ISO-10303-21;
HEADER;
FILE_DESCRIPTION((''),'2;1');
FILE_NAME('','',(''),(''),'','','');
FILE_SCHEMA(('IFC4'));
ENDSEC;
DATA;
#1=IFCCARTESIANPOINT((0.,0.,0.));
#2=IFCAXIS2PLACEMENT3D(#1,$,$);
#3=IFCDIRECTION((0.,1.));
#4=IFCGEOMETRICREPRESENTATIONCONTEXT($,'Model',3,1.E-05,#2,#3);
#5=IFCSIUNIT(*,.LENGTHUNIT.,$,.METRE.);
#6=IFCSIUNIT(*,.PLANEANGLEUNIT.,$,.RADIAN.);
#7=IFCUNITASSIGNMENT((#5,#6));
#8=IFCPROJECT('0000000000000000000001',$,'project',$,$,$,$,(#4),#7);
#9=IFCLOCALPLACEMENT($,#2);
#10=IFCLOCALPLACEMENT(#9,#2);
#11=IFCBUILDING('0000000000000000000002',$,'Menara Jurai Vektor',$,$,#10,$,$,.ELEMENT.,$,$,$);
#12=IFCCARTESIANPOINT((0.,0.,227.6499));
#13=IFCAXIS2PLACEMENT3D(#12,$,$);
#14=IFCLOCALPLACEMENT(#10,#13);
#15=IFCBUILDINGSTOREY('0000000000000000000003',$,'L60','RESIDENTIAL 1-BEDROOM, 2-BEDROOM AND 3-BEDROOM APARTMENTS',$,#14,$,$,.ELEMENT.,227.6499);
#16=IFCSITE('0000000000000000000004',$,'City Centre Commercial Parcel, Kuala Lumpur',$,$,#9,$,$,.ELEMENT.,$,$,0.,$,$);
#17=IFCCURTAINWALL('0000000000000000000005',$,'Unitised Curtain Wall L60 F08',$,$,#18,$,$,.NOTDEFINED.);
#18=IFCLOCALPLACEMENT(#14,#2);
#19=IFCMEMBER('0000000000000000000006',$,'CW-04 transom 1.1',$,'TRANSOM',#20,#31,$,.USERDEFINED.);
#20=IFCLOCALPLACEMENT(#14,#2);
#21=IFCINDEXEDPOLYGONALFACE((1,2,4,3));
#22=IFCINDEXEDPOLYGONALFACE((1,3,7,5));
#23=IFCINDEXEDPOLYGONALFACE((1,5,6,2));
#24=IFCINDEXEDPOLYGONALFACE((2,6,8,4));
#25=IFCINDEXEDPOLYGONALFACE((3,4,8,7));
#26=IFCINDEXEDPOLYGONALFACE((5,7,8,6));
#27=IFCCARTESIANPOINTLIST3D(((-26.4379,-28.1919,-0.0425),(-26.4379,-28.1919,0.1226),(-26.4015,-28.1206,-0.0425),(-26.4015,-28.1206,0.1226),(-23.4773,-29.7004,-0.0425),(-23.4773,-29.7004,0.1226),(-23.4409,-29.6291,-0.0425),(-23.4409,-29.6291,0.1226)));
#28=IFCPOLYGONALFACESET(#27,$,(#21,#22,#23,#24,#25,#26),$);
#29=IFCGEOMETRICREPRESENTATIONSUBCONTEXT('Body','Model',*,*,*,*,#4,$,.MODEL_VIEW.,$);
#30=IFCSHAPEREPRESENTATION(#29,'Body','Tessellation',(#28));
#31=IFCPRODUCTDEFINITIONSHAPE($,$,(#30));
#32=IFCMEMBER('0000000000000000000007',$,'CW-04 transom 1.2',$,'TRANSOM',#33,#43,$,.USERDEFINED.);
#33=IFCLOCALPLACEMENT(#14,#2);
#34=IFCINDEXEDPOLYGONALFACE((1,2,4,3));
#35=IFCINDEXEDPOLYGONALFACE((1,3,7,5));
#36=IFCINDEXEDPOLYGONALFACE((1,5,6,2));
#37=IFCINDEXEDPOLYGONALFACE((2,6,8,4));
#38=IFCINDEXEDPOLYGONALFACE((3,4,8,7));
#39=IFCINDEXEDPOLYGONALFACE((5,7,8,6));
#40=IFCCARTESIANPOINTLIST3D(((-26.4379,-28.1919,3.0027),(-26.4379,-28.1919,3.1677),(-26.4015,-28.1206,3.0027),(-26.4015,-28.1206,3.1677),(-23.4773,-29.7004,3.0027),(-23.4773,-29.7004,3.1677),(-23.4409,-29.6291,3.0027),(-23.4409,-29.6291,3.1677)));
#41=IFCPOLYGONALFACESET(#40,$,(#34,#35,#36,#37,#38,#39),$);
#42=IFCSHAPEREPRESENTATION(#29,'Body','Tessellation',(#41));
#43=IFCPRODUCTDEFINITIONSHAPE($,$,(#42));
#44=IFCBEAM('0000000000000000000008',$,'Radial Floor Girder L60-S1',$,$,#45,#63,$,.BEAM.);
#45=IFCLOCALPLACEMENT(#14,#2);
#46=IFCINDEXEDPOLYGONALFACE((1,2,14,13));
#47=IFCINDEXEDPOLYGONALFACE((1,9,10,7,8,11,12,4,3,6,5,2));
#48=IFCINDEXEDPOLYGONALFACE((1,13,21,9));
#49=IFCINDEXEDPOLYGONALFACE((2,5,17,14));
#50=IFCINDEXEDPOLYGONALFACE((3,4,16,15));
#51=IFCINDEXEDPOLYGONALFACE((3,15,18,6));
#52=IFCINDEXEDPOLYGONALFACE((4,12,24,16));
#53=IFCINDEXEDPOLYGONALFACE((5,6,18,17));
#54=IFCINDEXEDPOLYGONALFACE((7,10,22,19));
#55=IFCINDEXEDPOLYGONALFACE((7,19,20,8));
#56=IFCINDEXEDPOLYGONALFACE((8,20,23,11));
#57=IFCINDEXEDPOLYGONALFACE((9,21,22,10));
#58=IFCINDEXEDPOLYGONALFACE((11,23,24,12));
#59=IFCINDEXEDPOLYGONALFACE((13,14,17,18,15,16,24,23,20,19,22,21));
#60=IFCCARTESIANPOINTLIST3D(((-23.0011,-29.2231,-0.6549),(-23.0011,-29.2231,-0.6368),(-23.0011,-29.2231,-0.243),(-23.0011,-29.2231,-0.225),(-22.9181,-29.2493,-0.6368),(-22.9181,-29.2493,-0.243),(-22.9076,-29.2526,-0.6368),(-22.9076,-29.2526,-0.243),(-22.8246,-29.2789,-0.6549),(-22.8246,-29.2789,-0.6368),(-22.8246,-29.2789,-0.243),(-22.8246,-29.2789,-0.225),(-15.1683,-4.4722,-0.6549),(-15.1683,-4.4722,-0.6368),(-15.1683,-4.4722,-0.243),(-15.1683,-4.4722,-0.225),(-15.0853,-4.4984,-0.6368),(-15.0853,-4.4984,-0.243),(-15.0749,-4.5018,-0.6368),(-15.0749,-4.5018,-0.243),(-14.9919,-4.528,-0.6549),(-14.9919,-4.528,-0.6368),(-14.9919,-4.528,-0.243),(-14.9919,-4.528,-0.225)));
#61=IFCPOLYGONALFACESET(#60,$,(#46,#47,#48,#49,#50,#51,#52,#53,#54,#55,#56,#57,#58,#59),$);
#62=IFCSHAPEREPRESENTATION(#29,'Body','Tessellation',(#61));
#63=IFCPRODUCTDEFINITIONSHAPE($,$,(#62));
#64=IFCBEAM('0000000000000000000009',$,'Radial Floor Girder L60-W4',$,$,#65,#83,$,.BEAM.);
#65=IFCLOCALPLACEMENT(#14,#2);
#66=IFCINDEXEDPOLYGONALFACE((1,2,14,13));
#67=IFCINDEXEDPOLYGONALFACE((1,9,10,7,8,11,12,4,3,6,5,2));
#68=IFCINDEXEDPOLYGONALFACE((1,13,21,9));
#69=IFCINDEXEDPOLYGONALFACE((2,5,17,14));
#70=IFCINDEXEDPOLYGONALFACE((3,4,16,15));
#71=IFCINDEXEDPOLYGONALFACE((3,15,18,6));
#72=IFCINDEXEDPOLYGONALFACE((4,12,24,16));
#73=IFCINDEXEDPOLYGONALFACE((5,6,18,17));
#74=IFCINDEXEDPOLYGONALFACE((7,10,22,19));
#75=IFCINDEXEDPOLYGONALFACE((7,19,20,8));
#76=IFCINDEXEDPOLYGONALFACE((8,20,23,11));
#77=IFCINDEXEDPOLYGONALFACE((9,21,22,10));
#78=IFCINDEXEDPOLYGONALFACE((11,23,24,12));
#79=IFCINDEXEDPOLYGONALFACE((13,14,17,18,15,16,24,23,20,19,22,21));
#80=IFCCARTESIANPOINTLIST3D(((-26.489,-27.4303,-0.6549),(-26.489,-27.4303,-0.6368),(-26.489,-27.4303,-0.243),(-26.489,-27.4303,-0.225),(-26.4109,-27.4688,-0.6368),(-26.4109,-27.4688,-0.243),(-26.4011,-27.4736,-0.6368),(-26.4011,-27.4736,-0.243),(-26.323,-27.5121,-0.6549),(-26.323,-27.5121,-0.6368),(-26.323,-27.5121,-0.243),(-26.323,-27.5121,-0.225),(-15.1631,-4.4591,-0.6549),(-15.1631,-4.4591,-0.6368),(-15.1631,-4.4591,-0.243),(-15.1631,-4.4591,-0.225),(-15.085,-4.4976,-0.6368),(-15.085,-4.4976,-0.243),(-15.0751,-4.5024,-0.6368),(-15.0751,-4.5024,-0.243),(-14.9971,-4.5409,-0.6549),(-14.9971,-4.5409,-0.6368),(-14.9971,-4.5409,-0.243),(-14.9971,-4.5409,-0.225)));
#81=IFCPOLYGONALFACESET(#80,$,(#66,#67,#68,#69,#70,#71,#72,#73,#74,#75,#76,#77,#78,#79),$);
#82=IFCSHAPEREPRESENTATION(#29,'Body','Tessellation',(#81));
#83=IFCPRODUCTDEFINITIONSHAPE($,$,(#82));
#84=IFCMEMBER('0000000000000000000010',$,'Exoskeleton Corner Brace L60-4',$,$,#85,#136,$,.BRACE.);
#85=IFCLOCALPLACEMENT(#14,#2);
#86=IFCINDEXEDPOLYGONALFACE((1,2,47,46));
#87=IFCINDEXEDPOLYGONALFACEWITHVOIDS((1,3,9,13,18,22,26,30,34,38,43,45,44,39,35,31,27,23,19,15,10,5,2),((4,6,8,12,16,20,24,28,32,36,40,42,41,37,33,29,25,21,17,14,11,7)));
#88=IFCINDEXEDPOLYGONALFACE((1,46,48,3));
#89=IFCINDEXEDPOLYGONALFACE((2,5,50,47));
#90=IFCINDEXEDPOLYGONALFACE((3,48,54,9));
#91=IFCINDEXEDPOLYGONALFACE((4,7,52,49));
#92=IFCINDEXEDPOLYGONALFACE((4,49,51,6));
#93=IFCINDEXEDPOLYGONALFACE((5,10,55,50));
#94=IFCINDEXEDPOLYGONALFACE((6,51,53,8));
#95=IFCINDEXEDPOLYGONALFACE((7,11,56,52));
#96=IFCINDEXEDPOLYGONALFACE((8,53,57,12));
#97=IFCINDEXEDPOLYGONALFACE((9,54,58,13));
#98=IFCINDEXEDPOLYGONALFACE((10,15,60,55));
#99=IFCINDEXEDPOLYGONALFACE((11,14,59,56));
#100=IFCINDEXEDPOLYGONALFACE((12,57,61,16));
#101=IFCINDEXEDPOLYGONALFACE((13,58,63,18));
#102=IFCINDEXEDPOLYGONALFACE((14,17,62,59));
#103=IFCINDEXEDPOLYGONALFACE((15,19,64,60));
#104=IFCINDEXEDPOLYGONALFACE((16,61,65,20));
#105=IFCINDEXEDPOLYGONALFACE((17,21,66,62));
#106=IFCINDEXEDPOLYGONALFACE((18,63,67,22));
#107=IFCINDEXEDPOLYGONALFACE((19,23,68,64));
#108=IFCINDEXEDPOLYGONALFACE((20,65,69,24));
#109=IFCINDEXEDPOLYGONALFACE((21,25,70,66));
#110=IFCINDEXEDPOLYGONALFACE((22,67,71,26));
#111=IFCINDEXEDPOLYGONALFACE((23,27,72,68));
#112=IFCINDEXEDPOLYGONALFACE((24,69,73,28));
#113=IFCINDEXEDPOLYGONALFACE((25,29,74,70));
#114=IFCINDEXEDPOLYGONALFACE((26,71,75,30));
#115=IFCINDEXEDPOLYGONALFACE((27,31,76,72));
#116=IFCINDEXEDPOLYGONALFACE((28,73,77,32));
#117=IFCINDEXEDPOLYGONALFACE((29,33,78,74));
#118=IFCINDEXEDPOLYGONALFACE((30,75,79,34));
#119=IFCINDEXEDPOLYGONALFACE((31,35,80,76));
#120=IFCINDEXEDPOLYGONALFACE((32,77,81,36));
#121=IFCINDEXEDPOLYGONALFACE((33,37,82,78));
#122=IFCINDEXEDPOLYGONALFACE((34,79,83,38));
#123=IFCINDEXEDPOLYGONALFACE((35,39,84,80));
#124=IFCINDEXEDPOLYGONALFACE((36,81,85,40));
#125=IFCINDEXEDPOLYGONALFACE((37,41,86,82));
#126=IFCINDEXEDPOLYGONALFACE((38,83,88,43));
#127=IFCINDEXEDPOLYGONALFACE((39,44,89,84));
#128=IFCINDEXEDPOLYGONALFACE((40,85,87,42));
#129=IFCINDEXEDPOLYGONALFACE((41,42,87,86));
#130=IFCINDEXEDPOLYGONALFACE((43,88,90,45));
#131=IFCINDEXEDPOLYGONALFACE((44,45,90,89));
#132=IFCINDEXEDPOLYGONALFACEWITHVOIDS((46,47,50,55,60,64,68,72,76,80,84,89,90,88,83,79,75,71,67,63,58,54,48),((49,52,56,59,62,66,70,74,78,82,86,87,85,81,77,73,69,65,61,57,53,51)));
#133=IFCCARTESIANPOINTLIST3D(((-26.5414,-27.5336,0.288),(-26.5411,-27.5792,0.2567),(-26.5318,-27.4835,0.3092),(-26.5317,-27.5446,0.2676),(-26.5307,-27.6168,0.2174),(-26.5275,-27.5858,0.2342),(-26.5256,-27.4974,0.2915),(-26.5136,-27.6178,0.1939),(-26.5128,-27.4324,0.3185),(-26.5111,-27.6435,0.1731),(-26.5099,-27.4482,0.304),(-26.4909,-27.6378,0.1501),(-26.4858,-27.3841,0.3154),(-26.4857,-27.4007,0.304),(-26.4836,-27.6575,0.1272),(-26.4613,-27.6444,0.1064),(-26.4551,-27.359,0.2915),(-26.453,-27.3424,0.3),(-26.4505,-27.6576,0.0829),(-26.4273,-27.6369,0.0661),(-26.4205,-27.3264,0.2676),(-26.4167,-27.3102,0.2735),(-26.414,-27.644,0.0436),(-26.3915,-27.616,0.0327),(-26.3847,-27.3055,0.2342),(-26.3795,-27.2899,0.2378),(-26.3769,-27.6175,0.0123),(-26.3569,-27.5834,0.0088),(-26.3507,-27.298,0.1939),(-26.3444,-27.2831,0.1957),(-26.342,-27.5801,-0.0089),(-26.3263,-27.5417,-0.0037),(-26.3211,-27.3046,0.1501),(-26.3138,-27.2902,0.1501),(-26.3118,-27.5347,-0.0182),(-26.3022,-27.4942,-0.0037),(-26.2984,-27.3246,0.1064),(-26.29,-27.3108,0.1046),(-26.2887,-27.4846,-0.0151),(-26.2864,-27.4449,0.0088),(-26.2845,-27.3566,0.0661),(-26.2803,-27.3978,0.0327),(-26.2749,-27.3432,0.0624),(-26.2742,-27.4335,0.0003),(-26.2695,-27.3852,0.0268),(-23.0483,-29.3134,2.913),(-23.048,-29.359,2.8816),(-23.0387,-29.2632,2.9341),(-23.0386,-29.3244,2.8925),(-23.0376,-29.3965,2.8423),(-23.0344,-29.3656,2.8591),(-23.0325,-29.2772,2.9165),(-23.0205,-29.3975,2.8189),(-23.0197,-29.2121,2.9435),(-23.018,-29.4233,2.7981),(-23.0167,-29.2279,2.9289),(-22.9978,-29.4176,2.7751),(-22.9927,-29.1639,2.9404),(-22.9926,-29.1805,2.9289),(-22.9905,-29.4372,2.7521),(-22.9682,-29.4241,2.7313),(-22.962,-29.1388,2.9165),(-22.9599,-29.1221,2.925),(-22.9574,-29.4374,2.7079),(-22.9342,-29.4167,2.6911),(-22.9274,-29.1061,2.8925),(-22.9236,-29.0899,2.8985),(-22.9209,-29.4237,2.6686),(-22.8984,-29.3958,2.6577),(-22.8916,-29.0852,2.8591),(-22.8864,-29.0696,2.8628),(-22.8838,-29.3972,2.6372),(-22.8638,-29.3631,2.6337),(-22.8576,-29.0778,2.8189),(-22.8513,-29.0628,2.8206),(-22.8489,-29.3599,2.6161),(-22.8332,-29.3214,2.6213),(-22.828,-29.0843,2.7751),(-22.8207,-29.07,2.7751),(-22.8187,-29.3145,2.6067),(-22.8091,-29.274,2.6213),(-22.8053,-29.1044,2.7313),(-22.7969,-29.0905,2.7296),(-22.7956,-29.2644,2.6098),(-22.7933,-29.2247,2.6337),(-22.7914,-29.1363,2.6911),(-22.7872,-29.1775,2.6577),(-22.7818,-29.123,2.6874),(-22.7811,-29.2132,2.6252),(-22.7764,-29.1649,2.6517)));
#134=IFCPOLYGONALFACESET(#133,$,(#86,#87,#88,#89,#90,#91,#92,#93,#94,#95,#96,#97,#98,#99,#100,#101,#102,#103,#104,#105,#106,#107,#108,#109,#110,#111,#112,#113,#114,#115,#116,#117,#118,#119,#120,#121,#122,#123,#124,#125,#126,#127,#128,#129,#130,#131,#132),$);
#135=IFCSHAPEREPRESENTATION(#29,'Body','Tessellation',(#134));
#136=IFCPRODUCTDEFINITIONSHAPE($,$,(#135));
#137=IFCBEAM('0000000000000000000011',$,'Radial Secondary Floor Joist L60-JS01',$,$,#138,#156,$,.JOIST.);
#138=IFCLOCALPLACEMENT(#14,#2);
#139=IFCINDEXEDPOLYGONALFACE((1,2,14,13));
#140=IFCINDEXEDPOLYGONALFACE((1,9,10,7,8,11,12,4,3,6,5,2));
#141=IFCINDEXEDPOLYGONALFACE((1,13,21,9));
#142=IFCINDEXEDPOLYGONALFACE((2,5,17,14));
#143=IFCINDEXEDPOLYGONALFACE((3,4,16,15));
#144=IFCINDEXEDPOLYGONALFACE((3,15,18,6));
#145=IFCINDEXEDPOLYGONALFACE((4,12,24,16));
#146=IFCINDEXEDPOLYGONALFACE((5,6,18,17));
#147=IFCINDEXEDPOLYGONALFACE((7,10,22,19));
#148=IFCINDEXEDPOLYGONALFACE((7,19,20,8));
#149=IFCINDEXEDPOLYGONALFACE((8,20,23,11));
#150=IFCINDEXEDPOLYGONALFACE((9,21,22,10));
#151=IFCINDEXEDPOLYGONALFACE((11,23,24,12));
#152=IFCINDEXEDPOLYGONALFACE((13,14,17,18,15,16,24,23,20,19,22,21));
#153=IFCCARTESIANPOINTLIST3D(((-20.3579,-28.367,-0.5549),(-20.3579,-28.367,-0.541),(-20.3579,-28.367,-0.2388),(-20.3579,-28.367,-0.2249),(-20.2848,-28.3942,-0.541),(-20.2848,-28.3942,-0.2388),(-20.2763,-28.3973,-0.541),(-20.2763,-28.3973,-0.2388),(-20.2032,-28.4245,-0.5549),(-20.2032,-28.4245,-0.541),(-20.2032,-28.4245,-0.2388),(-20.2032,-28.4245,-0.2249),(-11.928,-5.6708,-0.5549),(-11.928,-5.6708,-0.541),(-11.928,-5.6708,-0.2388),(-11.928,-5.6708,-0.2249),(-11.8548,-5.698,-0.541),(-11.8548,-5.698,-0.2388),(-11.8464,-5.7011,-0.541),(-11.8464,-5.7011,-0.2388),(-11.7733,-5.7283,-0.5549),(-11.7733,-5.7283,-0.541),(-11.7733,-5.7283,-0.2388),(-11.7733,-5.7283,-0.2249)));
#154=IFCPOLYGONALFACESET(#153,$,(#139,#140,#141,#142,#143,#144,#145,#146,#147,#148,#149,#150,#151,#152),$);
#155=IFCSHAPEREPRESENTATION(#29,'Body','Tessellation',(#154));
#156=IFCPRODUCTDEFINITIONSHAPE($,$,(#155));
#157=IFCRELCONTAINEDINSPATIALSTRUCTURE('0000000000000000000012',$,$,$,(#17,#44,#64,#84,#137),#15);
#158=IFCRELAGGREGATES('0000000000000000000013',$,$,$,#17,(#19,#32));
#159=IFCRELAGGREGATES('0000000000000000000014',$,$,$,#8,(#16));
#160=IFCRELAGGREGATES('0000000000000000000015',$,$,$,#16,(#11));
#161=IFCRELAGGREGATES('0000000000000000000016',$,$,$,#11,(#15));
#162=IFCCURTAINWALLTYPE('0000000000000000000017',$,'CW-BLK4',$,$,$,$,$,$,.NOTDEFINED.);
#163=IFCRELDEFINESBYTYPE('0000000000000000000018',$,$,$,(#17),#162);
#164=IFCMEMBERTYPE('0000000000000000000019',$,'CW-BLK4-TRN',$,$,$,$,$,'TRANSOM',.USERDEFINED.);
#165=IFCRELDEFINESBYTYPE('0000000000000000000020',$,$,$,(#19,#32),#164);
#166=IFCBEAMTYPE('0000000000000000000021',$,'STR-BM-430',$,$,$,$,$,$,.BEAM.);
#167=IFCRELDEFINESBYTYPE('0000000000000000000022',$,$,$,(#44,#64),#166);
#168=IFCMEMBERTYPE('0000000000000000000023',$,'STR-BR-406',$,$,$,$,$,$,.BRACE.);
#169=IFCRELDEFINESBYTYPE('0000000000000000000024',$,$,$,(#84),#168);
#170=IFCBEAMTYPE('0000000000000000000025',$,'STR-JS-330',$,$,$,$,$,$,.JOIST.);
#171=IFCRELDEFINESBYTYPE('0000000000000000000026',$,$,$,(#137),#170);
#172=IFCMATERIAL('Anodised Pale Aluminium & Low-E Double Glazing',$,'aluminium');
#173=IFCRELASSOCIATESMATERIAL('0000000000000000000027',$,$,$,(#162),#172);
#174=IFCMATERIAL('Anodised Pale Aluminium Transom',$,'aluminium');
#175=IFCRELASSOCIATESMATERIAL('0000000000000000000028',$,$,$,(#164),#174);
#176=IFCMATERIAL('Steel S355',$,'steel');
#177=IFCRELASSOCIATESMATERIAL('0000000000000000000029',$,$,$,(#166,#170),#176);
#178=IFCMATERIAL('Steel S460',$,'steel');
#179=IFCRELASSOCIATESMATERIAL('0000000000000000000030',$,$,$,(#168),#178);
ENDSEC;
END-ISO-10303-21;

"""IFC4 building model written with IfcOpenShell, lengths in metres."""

from ifc_helpers import new_model, si_unit, direction, frame, origin, origin_2d, place, context, subcontext, project, spatial, rectangle, hollow_circle, i_section, extrude, material, material_profile, profile_set, type_object, element, aggregate, save


model = new_model("IFC4")

# Units and contexts
model_context = context("Model", 3, precision=1e-05, world=origin(), true_north=direction((0.0, 1.0)))
body_context = subcontext(model_context, "Body", "Model", "MODEL_VIEW")
ifc_project = project(units=[si_unit("LENGTHUNIT", "METRE"), si_unit("PLANEANGLEUNIT", "RADIAN")], contexts=[model_context])

# Site, building, storey
site_placement = place(None, origin())
site = spatial("IfcSite", under=ifc_project, at=site_placement, Name="City Centre Commercial Parcel, Kuala Lumpur", CompositionType="ELEMENT", RefElevation=0.0)
building_placement = place(site_placement, origin())
building = spatial("IfcBuilding", under=site, at=building_placement, Name="Menara Jurai Vektor", CompositionType="ELEMENT")
storey_placement = place(building_placement, frame((0.0, 0.0, 227.6499)))
storey = spatial("IfcBuildingStorey", under=building, at=storey_placement, Name="L60", Description="RESIDENTIAL 1-BEDROOM, 2-BEDROOM AND 3-BEDROOM APARTMENTS", CompositionType="ELEMENT", Elevation=227.6499)

# Shared definitions
ifc_material_1 = material(Name="Steel S460", Category="steel")

# Shared definitions
ifc_material_2 = material(Name="Anodised Pale Aluminium & Low-E Double Glazing", Category="aluminium")
curtain_wall_type = type_object("IfcCurtainWallType", Name="CW-BLK4", PredefinedType="NOTDEFINED", material=ifc_material_2)

# Curtain wall
curtain_wall_1_placement = place(storey_placement, origin())
curtain_wall_1 = element("IfcCurtainWall", 1, at=curtain_wall_1_placement, inside=storey, type_object=curtain_wall_type, Name="Unitised Curtain Wall L60 F08", PredefinedType="NOTDEFINED")

# Members
ifc_material_3 = material(Name="Anodised Pale Aluminium Transom", Category="aluminium")
ifc_material_profile_1 = material_profile(ifc_material_3, rectangle(XDim=0.0801, YDim=0.165, at=origin_2d()), Name="ALU TRN 80x165")
ifc_profile_set_1 = profile_set([ifc_material_profile_1], Name="Anodised Pale Aluminium Transom")
member_type_1 = type_object("IfcMemberType", Name="CW-BLK4-TRN", ElementType="TRANSOM", PredefinedType="USERDEFINED", material=ifc_profile_set_1)
member_1_placement = place(storey_placement, frame((-26.4197, -28.1562, 0.04), z_axis=(0.891007, -0.45399, 0.0), x_axis=(0.45399, 0.891007, 0.0)))
member_1 = element("IfcMember", 2, at=member_1_placement, type_object=member_type_1, Name="CW-04 transom 1.1", ObjectType="TRANSOM", PredefinedType="USERDEFINED", context=body_context, shape_type="SweptSolid", body=[
    extrude(rectangle(XDim=0.0801, YDim=0.165, at=origin_2d()), origin(), (0.0, 0.0, 1.0), 3.3228),
])
member_2_placement = place(storey_placement, frame((-26.4197, -28.1562, 3.0852), z_axis=(0.891007, -0.45399, 0.0), x_axis=(0.45399, 0.891007, 0.0)))
member_2 = element("IfcMember", 3, at=member_2_placement, type_object=member_type_1, Name="CW-04 transom 1.2", ObjectType="TRANSOM", PredefinedType="USERDEFINED", context=body_context, shape_type="SweptSolid", body=[
    extrude(rectangle(XDim=0.0801, YDim=0.165, at=origin_2d()), origin(), (0.0, 0.0, 1.0), 3.3228),
])

# Beams
ifc_material_4 = material(Name="Steel S355", Category="steel")
ifc_material_profile_2 = material_profile(ifc_material_4, i_section(OverallWidth=0.1851, OverallDepth=0.4299, WebThickness=0.011, FlangeThickness=0.0181, at=origin_2d()), Name="PG 430x185x76")
ifc_profile_set_2 = profile_set([ifc_material_profile_2], Name="Steel S355")
beam_type_1 = type_object("IfcBeamType", Name="STR-BM-430", PredefinedType="BEAM", material=ifc_profile_set_2)
beam_1_placement = place(storey_placement, frame((-22.9128, -29.251, -0.4399), z_axis=(0.301715, 0.953398, 0.0), x_axis=(-0.953398, 0.301715, 0.0)))
element("IfcBeam", 4, at=beam_1_placement, inside=storey, type_object=beam_type_1, Name="Radial Floor Girder L60-S1", PredefinedType="BEAM", context=body_context, shape_type="SweptSolid", body=[
    extrude(i_section(OverallWidth=0.1851, OverallDepth=0.4299, WebThickness=0.011, FlangeThickness=0.0181, at=origin_2d()), origin(), (0.0, 0.0, 1.0), 25.9607),
])
beam_2_placement = place(storey_placement, frame((-26.406, -27.4712, -0.4399), z_axis=(0.442219, 0.896907, 0.0), x_axis=(-0.896907, 0.442219, 0.0)))
element("IfcBeam", 5, at=beam_2_placement, inside=storey, type_object=beam_type_1, Name="Radial Floor Girder L60-W4", PredefinedType="BEAM", context=body_context, shape_type="SweptSolid", body=[
    extrude(i_section(OverallWidth=0.1851, OverallDepth=0.4299, WebThickness=0.011, FlangeThickness=0.0181, at=origin_2d()), origin(), (0.0, 0.0, 1.0), 25.6116),
])

# Member
ifc_material_profile_3 = material_profile(ifc_material_1, hollow_circle(Radius=0.2031, WallThickness=0.0161, at=origin_2d()), Name="CHS 406.4x16")
ifc_profile_set_3 = profile_set([ifc_material_profile_3], Name="Steel S460")
member_type_2 = type_object("IfcMemberType", Name="STR-BR-406", PredefinedType="BRACE", material=ifc_profile_set_3)
member_3_placement = place(storey_placement, frame((-26.406, -27.4712, 0.1501), z_axis=(0.740375, -0.377225, 0.556368), x_axis=(0.453976, 0.891014, 0.0)))
element("IfcMember", 6, at=member_3_placement, inside=storey, type_object=member_type_2, Name="Exoskeleton Corner Brace L60-4", PredefinedType="BRACE", context=body_context, shape_type="SweptSolid", body=[
    extrude(hollow_circle(Radius=0.2031, WallThickness=0.0161, at=origin_2d()), origin(), (0.0, 0.0, 1.0), 4.718),
])

# Beam
ifc_material_profile_4 = material_profile(ifc_material_4, i_section(OverallWidth=0.165, OverallDepth=0.3301, WebThickness=0.009, FlangeThickness=0.0139, at=origin_2d()), Name="PG 330x165x46")
ifc_profile_set_4 = profile_set([ifc_material_profile_4], Name="Steel S355")
beam_type_2 = type_object("IfcBeamType", Name="STR-JS-330", PredefinedType="JOIST", material=ifc_profile_set_4)
beam_3_placement = place(storey_placement, frame((-20.2805, -28.3958, -0.3899), z_axis=(0.348182, 0.937427, 0.0), x_axis=(-0.937427, 0.348182, 0.0)))
element("IfcBeam", 7, at=beam_3_placement, inside=storey, type_object=beam_type_2, Name="Radial Secondary Floor Joist L60-JS01", PredefinedType="JOIST", context=body_context, shape_type="SweptSolid", body=[
    extrude(i_section(OverallWidth=0.165, OverallDepth=0.3301, WebThickness=0.009, FlangeThickness=0.0139, at=origin_2d()), origin(), (0.0, 0.0, 1.0), 24.2112),
])

aggregate(curtain_wall_1, [member_1, member_2])

save(model, "model.ifc")
